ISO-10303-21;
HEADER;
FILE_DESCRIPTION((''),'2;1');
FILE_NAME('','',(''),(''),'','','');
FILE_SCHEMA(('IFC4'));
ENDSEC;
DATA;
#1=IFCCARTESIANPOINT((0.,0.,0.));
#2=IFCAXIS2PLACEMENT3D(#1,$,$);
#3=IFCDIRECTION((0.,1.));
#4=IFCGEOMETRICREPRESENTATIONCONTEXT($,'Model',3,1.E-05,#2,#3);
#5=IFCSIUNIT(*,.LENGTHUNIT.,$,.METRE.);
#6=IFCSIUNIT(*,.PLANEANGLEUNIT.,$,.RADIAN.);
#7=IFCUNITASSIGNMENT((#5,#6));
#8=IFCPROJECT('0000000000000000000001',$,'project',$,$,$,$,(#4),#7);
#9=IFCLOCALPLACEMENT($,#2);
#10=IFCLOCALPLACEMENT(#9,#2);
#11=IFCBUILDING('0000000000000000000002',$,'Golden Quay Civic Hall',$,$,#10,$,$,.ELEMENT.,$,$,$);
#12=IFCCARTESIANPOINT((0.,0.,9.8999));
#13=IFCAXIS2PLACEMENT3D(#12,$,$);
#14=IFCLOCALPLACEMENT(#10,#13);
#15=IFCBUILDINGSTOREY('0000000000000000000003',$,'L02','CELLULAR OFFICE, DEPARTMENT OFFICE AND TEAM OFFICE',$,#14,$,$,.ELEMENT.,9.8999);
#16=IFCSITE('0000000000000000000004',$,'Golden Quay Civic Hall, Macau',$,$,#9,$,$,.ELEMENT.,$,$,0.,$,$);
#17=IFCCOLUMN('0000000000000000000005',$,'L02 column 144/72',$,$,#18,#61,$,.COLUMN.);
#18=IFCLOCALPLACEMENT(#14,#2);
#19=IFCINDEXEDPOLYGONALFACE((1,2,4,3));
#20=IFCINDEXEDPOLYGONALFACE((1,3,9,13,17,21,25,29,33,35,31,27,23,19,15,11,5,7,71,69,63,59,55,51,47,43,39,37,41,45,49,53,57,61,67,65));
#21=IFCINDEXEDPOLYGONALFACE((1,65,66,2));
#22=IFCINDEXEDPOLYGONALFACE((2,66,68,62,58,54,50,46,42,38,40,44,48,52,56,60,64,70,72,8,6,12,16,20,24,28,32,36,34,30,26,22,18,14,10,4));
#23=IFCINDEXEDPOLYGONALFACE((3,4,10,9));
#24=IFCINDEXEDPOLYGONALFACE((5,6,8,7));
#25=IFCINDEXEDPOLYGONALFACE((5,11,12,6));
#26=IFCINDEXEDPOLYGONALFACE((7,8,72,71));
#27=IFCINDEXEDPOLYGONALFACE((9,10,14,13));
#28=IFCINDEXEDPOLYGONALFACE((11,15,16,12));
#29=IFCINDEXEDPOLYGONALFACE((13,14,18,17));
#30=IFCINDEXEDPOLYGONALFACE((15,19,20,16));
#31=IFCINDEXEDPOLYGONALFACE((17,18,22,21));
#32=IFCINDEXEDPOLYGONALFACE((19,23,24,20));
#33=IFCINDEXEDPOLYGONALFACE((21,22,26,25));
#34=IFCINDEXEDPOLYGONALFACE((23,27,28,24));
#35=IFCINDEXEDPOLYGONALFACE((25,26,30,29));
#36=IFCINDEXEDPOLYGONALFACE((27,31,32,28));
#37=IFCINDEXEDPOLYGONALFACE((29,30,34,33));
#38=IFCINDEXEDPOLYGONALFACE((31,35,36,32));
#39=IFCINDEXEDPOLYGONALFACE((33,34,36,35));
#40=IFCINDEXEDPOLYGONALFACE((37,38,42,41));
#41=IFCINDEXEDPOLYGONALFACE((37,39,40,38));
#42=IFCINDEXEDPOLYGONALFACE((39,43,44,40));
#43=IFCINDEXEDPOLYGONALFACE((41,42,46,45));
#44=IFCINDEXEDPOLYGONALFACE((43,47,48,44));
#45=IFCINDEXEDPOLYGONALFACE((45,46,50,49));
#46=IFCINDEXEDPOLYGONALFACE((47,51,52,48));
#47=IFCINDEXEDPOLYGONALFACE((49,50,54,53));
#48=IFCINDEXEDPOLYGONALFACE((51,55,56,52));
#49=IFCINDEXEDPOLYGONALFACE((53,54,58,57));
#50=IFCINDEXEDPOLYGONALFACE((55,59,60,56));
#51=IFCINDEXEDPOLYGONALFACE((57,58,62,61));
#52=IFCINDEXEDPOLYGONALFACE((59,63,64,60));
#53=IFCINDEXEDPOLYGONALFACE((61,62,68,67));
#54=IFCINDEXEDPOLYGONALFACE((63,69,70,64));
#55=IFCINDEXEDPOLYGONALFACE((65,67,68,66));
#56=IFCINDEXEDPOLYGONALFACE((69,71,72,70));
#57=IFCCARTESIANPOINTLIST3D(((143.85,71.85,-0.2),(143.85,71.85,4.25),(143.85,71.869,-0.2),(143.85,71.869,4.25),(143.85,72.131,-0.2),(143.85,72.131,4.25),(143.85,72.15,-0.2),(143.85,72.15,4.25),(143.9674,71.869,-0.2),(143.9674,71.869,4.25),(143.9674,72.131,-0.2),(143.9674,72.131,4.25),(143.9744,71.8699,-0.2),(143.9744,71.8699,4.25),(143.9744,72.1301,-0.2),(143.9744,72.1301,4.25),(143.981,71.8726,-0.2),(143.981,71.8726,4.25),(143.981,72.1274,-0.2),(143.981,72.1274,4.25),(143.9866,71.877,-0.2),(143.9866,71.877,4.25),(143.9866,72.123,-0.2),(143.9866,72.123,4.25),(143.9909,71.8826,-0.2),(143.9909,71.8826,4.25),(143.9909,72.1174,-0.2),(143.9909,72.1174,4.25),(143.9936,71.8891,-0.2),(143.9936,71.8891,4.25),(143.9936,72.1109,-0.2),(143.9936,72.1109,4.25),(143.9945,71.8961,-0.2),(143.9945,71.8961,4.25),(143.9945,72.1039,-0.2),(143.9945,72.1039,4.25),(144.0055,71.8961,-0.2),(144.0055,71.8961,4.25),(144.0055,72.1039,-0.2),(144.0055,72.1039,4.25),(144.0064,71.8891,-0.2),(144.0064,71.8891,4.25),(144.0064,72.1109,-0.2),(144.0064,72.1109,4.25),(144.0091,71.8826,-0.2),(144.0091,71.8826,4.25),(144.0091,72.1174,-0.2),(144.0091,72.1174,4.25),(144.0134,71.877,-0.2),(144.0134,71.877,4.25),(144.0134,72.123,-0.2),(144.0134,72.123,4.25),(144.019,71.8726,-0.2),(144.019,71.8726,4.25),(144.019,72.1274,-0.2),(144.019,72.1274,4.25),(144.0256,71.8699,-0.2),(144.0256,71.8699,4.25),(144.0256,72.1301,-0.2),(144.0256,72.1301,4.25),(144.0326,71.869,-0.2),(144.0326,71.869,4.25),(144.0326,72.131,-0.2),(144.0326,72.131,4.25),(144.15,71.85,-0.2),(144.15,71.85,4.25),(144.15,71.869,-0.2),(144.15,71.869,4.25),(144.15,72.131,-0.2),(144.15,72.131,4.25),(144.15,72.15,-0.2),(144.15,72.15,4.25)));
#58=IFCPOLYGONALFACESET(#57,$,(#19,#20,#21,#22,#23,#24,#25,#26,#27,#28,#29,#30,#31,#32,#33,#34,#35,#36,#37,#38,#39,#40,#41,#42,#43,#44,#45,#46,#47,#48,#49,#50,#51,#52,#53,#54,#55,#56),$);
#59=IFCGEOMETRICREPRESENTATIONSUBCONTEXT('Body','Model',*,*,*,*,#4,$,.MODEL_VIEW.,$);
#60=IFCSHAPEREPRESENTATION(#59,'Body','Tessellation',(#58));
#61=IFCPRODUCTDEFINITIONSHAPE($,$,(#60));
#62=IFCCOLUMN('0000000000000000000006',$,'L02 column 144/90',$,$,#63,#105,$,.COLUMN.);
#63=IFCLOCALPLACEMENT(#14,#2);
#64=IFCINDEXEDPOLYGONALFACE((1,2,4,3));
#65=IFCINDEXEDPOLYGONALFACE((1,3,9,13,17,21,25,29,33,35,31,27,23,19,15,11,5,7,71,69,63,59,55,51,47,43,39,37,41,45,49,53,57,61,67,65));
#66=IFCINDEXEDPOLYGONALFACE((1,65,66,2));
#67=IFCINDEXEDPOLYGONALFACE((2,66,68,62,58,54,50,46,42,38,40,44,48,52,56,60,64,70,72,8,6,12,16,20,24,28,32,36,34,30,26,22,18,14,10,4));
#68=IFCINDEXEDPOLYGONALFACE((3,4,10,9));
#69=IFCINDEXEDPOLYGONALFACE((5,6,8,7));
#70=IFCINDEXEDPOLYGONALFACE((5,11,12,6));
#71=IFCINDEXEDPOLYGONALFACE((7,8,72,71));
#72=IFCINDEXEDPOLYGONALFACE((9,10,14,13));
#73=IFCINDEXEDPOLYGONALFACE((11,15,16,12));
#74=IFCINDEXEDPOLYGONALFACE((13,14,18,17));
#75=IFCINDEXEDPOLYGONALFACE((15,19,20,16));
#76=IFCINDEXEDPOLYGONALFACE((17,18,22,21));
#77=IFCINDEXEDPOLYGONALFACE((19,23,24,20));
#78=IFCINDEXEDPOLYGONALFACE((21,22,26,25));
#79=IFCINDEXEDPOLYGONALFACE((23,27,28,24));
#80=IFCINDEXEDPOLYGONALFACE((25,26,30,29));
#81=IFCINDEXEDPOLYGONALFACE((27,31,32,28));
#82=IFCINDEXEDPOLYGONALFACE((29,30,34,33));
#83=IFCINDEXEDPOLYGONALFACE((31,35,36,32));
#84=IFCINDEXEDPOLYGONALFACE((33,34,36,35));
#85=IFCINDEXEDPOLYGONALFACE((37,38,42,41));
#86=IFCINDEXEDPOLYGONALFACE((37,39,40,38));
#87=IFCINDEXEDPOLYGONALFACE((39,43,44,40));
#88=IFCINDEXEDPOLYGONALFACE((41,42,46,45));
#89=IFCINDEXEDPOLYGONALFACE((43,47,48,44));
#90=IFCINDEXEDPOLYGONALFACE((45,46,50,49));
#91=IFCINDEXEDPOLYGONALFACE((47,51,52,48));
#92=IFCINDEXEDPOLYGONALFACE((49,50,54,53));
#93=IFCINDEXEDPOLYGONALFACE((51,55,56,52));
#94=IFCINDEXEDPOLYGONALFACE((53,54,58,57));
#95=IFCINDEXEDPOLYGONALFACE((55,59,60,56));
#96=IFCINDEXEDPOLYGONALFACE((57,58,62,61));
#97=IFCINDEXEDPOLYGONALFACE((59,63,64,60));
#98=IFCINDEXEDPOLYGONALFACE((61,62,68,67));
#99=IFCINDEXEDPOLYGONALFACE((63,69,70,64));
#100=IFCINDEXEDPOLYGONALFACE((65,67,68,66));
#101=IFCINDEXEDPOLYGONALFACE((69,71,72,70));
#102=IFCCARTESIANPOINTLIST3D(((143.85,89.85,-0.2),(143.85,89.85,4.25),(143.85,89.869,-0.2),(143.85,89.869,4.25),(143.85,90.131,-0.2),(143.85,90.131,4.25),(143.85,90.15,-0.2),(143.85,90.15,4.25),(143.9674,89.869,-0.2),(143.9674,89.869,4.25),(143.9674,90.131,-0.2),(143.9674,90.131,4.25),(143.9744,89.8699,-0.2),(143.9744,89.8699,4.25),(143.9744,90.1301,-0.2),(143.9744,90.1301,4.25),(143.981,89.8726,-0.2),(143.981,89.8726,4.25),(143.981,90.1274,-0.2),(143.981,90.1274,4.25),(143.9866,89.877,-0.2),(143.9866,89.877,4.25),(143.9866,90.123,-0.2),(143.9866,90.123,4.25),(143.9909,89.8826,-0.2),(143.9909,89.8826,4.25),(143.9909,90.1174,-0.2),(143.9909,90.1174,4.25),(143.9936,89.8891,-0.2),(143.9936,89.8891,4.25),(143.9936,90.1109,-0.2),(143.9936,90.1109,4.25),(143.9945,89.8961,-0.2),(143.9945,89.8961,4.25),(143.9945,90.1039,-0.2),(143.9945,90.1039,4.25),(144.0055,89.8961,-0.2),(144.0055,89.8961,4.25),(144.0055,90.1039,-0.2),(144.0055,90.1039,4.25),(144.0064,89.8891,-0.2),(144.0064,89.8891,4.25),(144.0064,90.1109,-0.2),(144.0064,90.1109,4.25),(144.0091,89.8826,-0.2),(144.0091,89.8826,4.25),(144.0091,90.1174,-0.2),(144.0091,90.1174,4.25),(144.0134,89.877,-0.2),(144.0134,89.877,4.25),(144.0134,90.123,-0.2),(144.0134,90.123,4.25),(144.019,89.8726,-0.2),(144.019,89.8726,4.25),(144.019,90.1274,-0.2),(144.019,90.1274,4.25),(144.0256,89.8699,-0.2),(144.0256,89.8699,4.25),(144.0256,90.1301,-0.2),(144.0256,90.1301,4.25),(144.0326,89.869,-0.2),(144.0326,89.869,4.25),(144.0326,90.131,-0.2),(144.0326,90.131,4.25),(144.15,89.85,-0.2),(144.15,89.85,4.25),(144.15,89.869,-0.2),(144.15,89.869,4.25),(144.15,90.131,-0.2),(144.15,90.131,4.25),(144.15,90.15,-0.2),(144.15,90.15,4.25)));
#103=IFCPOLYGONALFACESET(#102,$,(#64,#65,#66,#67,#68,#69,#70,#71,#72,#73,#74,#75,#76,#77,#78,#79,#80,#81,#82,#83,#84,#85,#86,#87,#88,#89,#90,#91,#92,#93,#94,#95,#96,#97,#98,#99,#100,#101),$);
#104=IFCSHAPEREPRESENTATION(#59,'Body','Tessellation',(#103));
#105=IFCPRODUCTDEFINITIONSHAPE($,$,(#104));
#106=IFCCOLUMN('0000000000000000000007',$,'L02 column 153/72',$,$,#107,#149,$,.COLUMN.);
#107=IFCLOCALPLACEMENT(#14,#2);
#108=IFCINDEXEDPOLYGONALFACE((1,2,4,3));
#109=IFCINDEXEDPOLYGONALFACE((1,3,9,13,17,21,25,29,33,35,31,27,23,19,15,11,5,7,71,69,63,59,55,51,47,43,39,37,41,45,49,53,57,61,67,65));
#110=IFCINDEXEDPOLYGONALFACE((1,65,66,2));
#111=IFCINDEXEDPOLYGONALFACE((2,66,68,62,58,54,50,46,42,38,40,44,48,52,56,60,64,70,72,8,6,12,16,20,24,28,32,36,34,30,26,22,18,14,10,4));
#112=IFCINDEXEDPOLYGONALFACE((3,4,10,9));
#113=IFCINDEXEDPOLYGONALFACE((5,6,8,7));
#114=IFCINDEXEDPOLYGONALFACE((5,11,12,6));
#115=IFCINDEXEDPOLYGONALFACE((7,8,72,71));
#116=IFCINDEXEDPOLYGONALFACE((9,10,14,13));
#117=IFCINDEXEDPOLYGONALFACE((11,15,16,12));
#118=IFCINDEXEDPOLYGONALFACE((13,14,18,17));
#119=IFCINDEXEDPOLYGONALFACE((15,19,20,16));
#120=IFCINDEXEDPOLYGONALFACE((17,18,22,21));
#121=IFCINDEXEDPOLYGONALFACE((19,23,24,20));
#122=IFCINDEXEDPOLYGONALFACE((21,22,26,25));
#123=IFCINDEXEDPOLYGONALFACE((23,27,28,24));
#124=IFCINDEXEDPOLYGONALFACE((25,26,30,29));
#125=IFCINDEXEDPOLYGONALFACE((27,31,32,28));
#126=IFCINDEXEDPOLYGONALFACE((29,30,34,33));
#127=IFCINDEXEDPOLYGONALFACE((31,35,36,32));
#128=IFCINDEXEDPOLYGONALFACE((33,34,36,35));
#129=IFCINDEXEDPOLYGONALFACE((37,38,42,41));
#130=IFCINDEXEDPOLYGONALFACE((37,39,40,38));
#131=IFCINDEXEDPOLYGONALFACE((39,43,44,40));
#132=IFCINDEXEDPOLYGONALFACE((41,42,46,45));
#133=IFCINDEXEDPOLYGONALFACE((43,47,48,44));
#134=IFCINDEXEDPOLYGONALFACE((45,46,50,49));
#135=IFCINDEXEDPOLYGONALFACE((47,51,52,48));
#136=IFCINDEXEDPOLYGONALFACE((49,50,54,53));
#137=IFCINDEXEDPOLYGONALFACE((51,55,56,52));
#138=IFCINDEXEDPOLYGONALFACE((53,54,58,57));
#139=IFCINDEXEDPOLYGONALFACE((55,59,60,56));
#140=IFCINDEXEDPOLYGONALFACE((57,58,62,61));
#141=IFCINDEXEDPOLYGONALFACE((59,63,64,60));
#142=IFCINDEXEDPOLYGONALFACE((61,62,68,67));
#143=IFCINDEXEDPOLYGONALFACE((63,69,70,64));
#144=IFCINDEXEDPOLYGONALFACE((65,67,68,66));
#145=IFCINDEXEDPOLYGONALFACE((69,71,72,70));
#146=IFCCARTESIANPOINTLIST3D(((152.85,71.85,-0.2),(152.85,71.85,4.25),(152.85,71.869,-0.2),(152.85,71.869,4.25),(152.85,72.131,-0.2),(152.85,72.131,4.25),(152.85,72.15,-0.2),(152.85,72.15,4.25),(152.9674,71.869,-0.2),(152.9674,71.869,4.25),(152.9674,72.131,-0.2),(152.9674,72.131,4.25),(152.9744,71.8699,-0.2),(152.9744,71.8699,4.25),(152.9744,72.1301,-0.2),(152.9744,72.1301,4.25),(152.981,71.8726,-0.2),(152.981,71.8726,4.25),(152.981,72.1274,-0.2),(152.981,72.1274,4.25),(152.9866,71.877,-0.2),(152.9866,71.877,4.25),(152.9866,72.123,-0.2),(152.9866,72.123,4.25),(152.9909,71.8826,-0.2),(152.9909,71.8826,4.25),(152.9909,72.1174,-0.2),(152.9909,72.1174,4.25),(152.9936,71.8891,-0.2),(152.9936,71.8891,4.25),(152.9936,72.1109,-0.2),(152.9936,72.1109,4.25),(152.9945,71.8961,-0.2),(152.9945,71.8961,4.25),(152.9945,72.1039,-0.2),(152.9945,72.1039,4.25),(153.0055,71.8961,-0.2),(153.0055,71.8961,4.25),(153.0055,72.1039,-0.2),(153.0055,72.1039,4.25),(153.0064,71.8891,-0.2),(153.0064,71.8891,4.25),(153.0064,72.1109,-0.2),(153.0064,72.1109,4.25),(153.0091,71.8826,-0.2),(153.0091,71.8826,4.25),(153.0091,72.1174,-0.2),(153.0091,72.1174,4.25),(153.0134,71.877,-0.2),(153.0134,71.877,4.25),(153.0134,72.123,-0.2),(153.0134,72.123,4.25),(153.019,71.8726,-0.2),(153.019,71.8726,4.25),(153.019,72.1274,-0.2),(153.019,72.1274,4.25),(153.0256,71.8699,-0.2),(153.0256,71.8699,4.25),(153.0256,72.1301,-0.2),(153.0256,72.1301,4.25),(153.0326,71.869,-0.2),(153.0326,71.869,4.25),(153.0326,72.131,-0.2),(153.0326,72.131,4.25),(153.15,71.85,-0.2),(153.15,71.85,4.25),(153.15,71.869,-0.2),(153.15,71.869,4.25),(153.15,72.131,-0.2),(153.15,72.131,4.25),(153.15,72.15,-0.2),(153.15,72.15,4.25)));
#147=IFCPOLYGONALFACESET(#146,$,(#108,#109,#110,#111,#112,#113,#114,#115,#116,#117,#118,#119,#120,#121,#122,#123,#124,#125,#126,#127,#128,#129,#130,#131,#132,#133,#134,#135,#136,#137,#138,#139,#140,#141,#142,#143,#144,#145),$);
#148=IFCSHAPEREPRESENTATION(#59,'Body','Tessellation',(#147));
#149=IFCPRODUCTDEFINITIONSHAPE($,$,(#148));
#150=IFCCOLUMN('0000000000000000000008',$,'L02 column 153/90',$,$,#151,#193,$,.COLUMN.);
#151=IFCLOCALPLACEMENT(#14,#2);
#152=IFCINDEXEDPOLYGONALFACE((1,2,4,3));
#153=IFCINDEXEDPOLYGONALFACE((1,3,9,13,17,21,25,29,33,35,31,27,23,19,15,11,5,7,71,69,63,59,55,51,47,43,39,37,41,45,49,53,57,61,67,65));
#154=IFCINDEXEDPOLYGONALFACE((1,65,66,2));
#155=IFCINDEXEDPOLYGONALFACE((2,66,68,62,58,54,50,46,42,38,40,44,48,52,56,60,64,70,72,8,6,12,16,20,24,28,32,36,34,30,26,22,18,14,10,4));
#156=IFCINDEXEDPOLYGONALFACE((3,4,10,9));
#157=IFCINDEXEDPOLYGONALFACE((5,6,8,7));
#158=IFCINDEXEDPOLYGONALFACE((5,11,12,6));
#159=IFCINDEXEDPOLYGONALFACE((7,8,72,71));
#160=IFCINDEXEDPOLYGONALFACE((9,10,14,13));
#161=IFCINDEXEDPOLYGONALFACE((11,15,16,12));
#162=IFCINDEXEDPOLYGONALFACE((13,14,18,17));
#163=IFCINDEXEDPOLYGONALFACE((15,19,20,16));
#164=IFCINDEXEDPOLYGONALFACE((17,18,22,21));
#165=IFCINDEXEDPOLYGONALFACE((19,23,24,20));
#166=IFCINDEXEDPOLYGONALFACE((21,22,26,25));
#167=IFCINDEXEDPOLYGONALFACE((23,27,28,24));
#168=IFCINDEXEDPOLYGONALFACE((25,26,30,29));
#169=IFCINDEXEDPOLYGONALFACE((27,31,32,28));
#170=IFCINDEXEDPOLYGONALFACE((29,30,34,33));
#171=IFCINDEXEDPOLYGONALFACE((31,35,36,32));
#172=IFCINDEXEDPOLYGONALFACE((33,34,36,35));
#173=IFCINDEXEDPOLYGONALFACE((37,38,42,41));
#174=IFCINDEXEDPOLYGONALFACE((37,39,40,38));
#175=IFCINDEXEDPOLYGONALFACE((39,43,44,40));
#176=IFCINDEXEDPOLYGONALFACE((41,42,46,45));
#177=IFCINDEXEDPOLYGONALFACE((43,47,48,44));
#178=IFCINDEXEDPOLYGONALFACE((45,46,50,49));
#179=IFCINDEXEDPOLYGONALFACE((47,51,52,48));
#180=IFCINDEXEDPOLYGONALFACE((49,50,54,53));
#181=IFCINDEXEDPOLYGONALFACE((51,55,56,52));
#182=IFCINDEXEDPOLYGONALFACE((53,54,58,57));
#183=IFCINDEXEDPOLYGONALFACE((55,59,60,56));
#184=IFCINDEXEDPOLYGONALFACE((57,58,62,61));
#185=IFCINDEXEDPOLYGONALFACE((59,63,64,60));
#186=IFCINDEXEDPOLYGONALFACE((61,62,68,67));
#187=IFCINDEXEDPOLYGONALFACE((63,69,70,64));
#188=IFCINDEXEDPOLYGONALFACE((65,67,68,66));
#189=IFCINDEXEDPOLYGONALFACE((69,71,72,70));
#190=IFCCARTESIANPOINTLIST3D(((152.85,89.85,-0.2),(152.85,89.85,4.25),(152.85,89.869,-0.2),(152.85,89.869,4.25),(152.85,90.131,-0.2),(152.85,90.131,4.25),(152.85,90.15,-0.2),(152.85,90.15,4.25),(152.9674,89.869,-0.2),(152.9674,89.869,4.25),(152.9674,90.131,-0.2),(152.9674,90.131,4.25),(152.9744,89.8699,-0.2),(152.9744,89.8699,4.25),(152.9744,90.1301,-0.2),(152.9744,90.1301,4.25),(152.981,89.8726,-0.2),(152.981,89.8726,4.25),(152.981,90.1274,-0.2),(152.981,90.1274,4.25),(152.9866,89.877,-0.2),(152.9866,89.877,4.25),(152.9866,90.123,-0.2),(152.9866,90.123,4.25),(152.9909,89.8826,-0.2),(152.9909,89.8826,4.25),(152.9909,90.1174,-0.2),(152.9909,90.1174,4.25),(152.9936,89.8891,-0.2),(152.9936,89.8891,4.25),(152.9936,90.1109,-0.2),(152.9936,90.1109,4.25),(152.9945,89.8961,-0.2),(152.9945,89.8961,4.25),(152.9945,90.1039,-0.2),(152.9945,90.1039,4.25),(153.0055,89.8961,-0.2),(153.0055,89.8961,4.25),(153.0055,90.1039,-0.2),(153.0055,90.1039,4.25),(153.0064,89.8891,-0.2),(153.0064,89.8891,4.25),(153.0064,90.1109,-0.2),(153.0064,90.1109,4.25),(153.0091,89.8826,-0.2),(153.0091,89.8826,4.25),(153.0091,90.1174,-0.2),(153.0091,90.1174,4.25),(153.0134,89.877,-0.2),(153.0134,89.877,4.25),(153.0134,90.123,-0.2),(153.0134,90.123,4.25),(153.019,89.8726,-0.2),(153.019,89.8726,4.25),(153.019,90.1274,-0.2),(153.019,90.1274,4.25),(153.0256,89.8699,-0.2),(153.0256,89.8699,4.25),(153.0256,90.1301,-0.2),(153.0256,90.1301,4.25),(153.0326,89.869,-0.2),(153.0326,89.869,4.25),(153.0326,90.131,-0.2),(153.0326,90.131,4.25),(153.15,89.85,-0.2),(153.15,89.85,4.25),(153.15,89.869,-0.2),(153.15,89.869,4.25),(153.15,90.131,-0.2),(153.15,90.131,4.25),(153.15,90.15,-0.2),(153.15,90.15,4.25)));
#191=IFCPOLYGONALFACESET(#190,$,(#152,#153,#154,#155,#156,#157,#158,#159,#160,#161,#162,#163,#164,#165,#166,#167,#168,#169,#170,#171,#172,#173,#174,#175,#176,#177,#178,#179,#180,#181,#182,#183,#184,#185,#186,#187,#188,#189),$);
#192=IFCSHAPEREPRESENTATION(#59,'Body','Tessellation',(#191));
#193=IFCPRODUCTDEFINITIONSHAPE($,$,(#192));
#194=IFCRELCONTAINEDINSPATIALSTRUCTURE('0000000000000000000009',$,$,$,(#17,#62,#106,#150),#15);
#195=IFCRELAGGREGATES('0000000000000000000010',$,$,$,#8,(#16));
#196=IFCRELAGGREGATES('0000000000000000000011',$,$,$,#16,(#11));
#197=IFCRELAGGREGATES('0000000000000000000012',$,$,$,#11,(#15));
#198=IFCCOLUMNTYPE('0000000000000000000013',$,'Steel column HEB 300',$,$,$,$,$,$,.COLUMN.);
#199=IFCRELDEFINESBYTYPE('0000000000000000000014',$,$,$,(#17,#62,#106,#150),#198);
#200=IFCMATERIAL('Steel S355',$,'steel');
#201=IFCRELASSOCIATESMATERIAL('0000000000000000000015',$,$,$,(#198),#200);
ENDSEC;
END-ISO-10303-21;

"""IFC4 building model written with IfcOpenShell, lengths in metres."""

from ifc_helpers import new_model, si_unit, direction, frame, origin, origin_2d, place, context, subcontext, project, spatial, i_section, extrude, material, material_profile, profile_set, type_object, element, save


model = new_model("IFC4")

# Units and contexts
model_context = context("Model", 3, precision=1e-05, world=origin(), true_north=direction((0.0, 1.0)))
body_context = subcontext(model_context, "Body", "Model", "MODEL_VIEW")
ifc_project = project(units=[si_unit("LENGTHUNIT", "METRE"), si_unit("PLANEANGLEUNIT", "RADIAN")], contexts=[model_context])

# Site, building, storey
site_placement = place(None, origin())
site = spatial("IfcSite", under=ifc_project, at=site_placement, Name="Golden Quay Civic Hall, Macau", CompositionType="ELEMENT", RefElevation=0.0)
building_placement = place(site_placement, origin())
building = spatial("IfcBuilding", under=site, at=building_placement, Name="Golden Quay Civic Hall", CompositionType="ELEMENT")
storey_placement = place(building_placement, frame((0.0, 0.0, 9.8999)))
storey = spatial("IfcBuildingStorey", under=building, at=storey_placement, Name="L02", Description="CELLULAR OFFICE, DEPARTMENT OFFICE AND TEAM OFFICE", CompositionType="ELEMENT", Elevation=9.8999)

# Columns
ifc_material_1 = material(Name="Steel S355", Category="steel")
ifc_material_profile_1 = material_profile(ifc_material_1, i_section(OverallWidth=0.3, OverallDepth=0.3, WebThickness=0.011, FlangeThickness=0.019, FilletRadius=0.0271, at=origin_2d()), Name="HEB 300")
ifc_profile_set_1 = profile_set([ifc_material_profile_1], Name="Steel S355")
column_type = type_object("IfcColumnType", Name="Steel column HEB 300", PredefinedType="COLUMN", material=ifc_profile_set_1)
for number, where, z_axis, x_axis, name in (
    (1, (144.0, 72.0, -0.2), (0.0, 0.0, 1.0), (1.0, 0.0, 0.0), "L02 column 144/72"),
    (2, (144.0, 90.0, -0.2), (0.0, 0.0, 1.0), (1.0, 0.0, 0.0), "L02 column 144/90"),
    (3, (153.0, 72.0, -0.2), (0.0, 0.0, 1.0), (1.0, 0.0, 0.0), "L02 column 153/72"),
    (4, (153.0, 90.0, -0.2), (0.0, 0.0, 1.0), (1.0, 0.0, 0.0), "L02 column 153/90"),
):
    element("IfcColumn", number, at=place(storey_placement, frame(where, z_axis=z_axis, x_axis=x_axis)), inside=storey, type_object=column_type, Name=name, PredefinedType="COLUMN", context=body_context, shape_type="SweptSolid", body=[
        extrude(i_section(OverallWidth=0.3, OverallDepth=0.3, WebThickness=0.011, FlangeThickness=0.019, FilletRadius=0.0271, at=origin_2d()), origin(), (0.0, 0.0, 1.0), 4.45),
    ])

save(model, "model.ifc")
